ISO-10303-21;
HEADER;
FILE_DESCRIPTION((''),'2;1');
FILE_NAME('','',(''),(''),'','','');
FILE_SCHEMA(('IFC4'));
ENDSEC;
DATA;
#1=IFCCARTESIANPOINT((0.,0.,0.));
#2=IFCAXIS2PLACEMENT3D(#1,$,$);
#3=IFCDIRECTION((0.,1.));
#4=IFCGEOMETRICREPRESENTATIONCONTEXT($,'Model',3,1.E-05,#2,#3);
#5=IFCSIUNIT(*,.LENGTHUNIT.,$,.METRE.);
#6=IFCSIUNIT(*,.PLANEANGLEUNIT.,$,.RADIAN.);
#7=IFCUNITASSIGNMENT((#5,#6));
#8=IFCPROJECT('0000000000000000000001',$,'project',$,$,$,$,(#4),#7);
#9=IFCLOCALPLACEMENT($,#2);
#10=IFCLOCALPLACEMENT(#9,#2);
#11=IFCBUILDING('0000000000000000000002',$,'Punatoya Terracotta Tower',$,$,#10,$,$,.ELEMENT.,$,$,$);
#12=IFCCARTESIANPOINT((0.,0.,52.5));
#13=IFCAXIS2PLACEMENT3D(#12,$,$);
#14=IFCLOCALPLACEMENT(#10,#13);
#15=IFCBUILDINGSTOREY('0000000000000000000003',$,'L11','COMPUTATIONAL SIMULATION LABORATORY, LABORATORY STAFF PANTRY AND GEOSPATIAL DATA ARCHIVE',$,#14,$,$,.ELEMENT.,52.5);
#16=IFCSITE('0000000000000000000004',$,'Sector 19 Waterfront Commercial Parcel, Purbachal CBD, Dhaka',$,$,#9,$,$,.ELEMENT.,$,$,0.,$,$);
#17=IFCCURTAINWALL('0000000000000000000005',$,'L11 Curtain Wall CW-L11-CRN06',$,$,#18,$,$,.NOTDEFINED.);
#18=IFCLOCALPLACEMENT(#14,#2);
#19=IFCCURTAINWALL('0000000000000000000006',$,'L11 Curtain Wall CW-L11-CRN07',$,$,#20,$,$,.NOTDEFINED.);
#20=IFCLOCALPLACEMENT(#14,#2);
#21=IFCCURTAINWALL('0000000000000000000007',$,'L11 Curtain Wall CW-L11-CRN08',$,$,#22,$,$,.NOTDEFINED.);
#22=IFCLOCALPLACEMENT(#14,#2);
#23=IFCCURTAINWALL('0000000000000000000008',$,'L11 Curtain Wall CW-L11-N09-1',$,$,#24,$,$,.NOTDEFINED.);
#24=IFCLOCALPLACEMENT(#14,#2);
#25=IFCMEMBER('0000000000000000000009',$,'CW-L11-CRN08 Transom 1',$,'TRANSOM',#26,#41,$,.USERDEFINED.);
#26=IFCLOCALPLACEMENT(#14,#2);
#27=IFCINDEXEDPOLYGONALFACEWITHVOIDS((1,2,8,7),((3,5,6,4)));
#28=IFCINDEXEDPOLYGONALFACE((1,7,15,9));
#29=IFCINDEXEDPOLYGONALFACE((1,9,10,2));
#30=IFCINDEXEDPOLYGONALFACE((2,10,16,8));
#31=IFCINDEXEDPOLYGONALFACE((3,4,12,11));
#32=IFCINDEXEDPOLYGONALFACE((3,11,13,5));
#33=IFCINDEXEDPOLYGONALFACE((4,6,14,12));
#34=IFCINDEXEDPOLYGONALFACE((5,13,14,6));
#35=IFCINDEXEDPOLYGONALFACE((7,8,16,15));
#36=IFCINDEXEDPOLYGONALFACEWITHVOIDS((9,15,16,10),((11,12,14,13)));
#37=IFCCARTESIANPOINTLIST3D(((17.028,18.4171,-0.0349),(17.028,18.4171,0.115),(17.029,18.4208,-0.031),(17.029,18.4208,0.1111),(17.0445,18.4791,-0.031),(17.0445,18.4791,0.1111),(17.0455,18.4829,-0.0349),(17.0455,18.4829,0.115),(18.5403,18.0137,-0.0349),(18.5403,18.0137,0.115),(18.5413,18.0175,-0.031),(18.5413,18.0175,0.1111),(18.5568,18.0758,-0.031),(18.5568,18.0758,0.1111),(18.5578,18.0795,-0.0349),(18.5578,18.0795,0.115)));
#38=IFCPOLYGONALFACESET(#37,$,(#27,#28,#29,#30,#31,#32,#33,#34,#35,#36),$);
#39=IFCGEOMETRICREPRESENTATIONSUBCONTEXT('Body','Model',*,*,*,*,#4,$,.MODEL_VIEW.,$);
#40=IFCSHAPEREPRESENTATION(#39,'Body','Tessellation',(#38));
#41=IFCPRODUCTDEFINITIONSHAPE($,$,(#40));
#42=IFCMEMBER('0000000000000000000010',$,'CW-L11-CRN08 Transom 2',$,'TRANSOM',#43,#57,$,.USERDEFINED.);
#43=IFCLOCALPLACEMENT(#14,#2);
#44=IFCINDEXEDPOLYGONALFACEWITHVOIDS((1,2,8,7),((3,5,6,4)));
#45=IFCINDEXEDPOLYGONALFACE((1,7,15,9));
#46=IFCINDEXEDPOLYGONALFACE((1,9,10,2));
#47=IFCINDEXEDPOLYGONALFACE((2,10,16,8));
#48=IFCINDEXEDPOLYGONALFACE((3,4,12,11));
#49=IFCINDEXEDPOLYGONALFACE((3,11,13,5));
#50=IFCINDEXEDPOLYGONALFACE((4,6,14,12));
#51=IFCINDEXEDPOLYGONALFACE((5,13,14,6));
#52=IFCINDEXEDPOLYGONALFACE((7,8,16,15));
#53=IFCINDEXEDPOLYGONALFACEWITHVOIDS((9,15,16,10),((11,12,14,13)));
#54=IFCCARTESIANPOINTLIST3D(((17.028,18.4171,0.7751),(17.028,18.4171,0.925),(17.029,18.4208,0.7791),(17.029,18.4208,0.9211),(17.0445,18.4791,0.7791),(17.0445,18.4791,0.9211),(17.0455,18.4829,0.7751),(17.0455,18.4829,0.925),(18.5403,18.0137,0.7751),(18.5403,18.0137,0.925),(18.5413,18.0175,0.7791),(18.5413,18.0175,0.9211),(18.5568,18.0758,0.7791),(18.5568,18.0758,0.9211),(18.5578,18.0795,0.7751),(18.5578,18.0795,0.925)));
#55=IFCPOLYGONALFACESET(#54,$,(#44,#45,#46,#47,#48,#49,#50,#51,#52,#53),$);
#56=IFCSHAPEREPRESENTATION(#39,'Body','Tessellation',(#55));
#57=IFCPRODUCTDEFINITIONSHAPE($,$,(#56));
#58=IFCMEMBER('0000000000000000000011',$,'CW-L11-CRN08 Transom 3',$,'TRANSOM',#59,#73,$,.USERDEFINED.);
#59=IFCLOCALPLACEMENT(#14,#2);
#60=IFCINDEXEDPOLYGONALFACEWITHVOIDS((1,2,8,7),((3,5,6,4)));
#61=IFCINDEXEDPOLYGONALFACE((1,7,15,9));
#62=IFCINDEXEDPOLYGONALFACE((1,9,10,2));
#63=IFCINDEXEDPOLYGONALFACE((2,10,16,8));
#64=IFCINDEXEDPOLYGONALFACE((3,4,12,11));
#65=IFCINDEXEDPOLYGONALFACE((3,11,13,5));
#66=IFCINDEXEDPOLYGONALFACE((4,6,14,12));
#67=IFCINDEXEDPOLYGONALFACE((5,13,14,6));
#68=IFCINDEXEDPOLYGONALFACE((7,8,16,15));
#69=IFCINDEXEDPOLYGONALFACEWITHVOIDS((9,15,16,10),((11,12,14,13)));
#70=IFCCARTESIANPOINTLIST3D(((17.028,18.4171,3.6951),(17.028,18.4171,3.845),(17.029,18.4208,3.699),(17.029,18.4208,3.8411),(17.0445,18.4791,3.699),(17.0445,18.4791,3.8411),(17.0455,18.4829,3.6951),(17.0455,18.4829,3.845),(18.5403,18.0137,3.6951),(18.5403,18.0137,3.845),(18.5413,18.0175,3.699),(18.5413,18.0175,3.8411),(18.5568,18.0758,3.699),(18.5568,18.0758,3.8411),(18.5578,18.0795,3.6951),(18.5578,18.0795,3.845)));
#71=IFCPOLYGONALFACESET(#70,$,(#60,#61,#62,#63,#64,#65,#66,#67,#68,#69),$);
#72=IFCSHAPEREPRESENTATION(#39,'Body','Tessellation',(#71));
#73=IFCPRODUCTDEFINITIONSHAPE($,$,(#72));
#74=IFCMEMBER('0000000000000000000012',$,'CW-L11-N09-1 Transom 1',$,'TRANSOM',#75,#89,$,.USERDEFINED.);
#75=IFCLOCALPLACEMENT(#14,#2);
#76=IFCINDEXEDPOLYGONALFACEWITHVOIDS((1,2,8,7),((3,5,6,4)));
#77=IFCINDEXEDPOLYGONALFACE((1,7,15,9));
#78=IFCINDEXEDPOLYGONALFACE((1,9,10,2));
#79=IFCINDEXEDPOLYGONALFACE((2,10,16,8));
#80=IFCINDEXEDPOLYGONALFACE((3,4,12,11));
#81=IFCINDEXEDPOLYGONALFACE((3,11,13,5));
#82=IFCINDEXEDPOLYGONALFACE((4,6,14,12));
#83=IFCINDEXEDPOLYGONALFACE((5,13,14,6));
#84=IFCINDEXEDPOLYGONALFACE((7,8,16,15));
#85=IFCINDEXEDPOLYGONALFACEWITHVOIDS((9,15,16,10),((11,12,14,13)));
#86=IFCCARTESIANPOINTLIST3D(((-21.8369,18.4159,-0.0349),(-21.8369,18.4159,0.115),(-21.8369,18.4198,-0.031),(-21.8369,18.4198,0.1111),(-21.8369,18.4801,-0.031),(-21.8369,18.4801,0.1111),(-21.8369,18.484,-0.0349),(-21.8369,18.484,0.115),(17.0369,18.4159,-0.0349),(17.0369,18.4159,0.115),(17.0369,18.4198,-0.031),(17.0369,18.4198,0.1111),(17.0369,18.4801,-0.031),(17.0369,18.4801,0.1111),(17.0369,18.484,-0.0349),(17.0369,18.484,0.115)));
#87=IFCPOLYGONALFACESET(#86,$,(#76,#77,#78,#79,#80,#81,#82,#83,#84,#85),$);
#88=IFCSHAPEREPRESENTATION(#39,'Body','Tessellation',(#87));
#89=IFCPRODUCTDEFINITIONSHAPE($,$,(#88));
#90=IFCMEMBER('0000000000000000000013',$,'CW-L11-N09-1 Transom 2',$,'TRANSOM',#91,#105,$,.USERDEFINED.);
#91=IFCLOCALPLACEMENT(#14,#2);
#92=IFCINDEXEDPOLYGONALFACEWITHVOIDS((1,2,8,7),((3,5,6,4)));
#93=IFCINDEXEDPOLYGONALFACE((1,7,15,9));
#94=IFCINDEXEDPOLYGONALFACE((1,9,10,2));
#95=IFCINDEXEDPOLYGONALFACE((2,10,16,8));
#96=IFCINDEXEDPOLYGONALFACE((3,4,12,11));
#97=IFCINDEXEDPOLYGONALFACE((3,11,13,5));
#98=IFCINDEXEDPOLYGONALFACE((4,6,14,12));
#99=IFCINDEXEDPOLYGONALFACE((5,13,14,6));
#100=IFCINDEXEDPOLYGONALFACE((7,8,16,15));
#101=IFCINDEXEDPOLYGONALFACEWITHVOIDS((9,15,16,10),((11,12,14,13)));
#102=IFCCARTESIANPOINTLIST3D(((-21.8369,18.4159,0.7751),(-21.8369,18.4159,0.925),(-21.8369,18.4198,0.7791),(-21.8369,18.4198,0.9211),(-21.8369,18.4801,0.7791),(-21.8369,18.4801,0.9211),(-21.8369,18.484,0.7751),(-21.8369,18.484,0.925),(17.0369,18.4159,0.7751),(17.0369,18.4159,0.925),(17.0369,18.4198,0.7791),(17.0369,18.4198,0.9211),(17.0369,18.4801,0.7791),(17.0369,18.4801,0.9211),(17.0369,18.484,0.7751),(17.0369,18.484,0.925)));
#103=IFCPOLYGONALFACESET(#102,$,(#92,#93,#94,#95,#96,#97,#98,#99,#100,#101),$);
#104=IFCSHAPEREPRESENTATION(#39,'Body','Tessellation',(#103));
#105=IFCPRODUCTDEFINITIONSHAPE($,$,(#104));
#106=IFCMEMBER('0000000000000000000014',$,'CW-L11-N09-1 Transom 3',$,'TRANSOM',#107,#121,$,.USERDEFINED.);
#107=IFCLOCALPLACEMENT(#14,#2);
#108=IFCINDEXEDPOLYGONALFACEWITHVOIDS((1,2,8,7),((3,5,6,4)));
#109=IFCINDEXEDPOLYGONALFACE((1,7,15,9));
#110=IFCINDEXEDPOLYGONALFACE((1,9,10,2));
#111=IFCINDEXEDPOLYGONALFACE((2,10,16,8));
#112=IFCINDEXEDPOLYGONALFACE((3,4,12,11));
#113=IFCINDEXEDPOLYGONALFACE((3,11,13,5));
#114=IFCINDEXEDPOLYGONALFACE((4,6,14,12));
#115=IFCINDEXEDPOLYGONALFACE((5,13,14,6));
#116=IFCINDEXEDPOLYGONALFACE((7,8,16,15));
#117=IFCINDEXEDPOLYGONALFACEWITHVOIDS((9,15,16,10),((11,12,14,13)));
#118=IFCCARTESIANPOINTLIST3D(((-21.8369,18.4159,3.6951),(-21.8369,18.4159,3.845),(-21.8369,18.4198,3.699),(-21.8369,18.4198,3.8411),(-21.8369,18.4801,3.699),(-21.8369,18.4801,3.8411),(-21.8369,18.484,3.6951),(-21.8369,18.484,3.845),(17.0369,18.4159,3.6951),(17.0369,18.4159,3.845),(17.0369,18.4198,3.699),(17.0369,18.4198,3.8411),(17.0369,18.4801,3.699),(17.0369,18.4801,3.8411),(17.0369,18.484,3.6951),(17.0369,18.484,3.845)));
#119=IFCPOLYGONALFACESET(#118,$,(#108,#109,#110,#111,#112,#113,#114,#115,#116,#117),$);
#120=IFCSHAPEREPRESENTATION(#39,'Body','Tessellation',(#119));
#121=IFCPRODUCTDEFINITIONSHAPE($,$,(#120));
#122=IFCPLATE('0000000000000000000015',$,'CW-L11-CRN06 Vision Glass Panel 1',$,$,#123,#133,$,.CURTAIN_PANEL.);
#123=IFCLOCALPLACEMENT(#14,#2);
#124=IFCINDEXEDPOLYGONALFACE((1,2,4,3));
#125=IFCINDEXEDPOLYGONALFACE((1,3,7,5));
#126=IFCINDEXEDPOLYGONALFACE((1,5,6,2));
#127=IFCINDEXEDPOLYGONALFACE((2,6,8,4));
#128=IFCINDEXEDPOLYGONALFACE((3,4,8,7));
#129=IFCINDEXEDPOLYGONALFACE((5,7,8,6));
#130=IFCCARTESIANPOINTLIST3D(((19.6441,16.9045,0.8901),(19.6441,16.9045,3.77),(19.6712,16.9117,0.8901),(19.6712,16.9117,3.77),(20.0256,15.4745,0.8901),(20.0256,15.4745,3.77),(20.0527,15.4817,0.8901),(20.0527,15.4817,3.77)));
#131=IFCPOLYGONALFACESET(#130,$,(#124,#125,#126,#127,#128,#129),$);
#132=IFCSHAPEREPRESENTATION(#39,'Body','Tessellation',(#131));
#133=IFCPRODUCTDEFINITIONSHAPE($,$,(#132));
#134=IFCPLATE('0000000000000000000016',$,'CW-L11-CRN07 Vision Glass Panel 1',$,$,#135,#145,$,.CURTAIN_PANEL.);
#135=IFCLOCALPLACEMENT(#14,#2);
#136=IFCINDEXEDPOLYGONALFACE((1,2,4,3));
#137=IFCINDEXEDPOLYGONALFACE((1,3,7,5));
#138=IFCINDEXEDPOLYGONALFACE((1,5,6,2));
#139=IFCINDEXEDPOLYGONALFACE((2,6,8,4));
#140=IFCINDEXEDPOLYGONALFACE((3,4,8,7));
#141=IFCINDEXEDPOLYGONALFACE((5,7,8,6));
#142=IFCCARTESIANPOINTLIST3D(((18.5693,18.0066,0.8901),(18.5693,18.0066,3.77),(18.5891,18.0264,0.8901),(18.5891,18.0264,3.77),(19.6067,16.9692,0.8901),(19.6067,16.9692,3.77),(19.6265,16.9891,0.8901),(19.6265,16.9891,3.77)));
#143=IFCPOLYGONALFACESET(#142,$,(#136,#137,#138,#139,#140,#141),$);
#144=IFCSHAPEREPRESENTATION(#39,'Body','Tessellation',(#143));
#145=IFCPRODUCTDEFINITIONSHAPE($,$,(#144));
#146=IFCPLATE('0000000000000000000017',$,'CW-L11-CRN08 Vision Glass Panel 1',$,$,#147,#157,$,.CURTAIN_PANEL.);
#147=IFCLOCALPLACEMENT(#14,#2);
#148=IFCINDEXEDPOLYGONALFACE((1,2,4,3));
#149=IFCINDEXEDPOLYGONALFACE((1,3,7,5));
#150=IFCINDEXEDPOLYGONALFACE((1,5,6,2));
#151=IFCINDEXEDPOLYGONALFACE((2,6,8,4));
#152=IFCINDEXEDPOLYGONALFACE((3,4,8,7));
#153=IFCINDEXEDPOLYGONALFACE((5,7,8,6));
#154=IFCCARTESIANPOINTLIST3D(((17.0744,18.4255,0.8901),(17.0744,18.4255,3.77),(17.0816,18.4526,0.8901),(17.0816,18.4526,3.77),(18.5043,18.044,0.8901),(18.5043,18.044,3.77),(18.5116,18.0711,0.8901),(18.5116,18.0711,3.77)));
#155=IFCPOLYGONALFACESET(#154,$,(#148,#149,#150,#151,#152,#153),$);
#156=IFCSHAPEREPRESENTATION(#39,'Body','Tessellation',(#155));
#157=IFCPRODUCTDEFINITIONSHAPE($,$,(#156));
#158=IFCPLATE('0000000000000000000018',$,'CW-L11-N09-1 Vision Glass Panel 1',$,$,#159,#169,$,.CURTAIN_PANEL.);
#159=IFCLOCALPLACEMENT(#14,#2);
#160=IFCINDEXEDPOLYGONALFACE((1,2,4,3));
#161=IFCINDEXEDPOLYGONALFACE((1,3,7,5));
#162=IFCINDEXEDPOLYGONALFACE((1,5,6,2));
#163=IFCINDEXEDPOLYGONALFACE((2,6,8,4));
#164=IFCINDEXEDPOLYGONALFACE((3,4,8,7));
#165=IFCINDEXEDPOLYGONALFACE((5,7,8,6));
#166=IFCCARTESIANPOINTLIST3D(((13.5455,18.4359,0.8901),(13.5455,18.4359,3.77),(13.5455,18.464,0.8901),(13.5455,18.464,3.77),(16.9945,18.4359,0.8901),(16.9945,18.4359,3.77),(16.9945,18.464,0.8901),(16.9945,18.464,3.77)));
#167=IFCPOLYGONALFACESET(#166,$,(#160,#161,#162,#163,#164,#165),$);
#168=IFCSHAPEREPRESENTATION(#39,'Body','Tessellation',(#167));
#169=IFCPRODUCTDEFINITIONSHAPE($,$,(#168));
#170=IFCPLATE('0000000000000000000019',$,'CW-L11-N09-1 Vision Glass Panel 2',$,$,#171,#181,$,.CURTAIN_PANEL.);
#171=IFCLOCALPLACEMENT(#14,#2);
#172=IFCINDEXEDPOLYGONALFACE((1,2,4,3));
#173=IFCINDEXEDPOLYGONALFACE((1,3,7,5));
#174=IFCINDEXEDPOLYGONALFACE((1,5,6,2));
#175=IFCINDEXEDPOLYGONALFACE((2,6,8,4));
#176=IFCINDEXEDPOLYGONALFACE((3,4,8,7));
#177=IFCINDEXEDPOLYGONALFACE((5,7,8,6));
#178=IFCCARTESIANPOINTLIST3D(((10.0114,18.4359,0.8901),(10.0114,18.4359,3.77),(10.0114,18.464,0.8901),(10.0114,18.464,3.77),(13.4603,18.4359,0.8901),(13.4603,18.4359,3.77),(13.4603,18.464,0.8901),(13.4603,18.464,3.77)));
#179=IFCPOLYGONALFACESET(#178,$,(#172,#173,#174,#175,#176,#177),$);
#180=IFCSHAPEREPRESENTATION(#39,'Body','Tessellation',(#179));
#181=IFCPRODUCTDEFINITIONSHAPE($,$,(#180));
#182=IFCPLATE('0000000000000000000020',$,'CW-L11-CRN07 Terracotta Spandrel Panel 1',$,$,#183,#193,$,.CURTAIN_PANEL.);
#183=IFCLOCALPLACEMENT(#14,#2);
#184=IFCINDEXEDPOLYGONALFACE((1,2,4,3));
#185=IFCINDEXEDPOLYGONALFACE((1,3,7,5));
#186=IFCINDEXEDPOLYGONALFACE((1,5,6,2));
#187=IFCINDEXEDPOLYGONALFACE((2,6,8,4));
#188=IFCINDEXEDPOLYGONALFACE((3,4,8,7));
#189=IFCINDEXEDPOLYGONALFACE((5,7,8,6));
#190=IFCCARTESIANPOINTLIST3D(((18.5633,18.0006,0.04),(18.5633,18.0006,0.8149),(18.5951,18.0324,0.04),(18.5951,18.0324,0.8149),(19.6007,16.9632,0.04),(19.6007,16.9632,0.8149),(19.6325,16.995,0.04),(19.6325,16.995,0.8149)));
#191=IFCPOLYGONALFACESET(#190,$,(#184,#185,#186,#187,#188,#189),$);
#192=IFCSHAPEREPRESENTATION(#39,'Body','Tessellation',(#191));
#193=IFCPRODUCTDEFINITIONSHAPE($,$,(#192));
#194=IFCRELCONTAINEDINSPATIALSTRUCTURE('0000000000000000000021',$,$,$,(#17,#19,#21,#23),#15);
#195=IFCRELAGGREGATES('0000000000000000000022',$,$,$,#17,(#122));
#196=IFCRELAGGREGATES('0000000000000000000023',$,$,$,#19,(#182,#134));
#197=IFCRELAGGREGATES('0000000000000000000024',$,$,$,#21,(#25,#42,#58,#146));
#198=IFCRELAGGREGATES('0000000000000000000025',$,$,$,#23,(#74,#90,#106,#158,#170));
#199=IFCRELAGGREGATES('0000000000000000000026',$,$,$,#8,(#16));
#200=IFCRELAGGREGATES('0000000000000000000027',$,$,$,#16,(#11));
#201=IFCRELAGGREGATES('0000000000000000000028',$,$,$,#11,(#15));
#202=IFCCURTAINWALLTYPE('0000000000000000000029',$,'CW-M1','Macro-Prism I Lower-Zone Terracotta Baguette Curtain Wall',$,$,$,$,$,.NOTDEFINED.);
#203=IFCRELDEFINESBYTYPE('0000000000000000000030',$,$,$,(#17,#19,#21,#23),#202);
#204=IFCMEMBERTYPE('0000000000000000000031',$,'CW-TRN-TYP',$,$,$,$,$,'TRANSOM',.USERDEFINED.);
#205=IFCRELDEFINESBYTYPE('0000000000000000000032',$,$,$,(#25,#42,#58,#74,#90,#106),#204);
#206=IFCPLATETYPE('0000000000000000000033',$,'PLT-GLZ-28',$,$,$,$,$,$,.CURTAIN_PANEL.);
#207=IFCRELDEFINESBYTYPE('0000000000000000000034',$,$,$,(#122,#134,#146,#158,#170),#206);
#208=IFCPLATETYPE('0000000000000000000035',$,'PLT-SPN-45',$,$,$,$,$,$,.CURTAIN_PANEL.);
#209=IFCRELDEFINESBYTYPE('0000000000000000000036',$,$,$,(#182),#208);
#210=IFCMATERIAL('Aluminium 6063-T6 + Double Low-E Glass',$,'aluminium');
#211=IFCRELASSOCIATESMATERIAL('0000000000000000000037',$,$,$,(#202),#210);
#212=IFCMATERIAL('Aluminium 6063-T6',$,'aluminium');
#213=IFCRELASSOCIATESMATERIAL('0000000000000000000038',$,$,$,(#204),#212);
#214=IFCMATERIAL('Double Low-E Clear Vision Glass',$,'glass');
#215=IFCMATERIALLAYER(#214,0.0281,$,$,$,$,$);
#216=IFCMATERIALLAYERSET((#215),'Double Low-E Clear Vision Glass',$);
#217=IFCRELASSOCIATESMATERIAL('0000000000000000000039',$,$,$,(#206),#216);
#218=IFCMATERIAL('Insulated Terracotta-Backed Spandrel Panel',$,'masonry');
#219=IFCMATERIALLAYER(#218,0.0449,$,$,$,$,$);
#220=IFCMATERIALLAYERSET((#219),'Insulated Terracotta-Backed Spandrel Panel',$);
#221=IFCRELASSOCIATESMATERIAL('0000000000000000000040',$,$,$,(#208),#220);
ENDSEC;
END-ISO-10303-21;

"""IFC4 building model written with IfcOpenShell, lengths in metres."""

from ifc_helpers import new_model, si_unit, direction, frame, origin, origin_2d, place, context, subcontext, project, spatial, rectangle, hollow_rectangle, extrude, material, layer, layer_set, material_profile, profile_set, type_object, element, aggregate, save


model = new_model("IFC4")

# Units and contexts
model_context = context("Model", 3, precision=1e-05, world=origin(), true_north=direction((0.0, 1.0)))
body_context = subcontext(model_context, "Body", "Model", "MODEL_VIEW")
ifc_project = project(units=[si_unit("LENGTHUNIT", "METRE"), si_unit("PLANEANGLEUNIT", "RADIAN")], contexts=[model_context])

# Site, building, storey
site_placement = place(None, origin())
site = spatial("IfcSite", under=ifc_project, at=site_placement, Name="Sector 19 Waterfront Commercial Parcel, Purbachal CBD, Dhaka", CompositionType="ELEMENT", RefElevation=0.0)
building_placement = place(site_placement, origin())
building = spatial("IfcBuilding", under=site, at=building_placement, Name="Punatoya Terracotta Tower", CompositionType="ELEMENT")
storey_placement = place(building_placement, frame((0.0, 0.0, 52.5)))
storey = spatial("IfcBuildingStorey", under=building, at=storey_placement, Name="L11", Description="COMPUTATIONAL SIMULATION LABORATORY, LABORATORY STAFF PANTRY AND GEOSPATIAL DATA ARCHIVE", CompositionType="ELEMENT", Elevation=52.5)

# Curtain wall
ifc_material_1 = material(Name="Aluminium 6063-T6 + Double Low-E Glass", Category="aluminium")
curtain_wall_type = type_object("IfcCurtainWallType", Name="CW-M1", Description="Macro-Prism I Lower-Zone Terracotta Baguette Curtain Wall", PredefinedType="NOTDEFINED", material=ifc_material_1)
curtain_wall_1_placement = place(storey_placement, origin())
curtain_wall_1 = element("IfcCurtainWall", 1, at=curtain_wall_1_placement, inside=storey, type_object=curtain_wall_type, Name="L11 Curtain Wall CW-L11-CRN06", PredefinedType="NOTDEFINED")
ifc_material_2 = material(Name="Aluminium 6063-T6", Category="aluminium")

# Curtain walls
curtain_wall_2_placement = place(storey_placement, origin())
curtain_wall_2 = element("IfcCurtainWall", 2, at=curtain_wall_2_placement, inside=storey, type_object=curtain_wall_type, Name="L11 Curtain Wall CW-L11-CRN07", PredefinedType="NOTDEFINED")
curtain_wall_3_placement = place(storey_placement, origin())
curtain_wall_3 = element("IfcCurtainWall", 3, at=curtain_wall_3_placement, inside=storey, type_object=curtain_wall_type, Name="L11 Curtain Wall CW-L11-CRN08", PredefinedType="NOTDEFINED")
curtain_wall_4_placement = place(storey_placement, origin())
curtain_wall_4 = element("IfcCurtainWall", 4, at=curtain_wall_4_placement, inside=storey, type_object=curtain_wall_type, Name="L11 Curtain Wall CW-L11-N09-1", PredefinedType="NOTDEFINED")

# Members
ifc_material_profile_1 = material_profile(ifc_material_2, hollow_rectangle(XDim=0.0681, YDim=0.1499, WallThickness=0.0039, at=origin_2d()))
ifc_profile_set_1 = profile_set([ifc_material_profile_1], Name="Aluminium 6063-T6")
member_type_1 = type_object("IfcMemberType", Name="CW-TRN-TYP", ElementType="TRANSOM", PredefinedType="USERDEFINED", material=ifc_profile_set_1)
member_1_placement = place(storey_placement, frame((18.5491, 18.0466, 0.04), z_axis=(-0.966225, 0.257701, 0.0), x_axis=(-0.257701, -0.966225, 0.0)))
member_1 = element("IfcMember", 5, at=member_1_placement, type_object=member_type_1, Name="CW-L11-CRN08 Transom 1", ObjectType="TRANSOM", PredefinedType="USERDEFINED", context=body_context, shape_type="SweptSolid", body=[
    extrude(hollow_rectangle(XDim=0.0681, YDim=0.1499, WallThickness=0.0039, at=origin_2d()), origin(), (0.0, 0.0, 1.0), 1.5652),
])
member_2_placement = place(storey_placement, frame((18.5491, 18.0466, 0.8501), z_axis=(-0.966225, 0.257701, 0.0), x_axis=(-0.257701, -0.966225, 0.0)))
member_2 = element("IfcMember", 6, at=member_2_placement, type_object=member_type_1, Name="CW-L11-CRN08 Transom 2", ObjectType="TRANSOM", PredefinedType="USERDEFINED", context=body_context, shape_type="SweptSolid", body=[
    extrude(hollow_rectangle(XDim=0.0681, YDim=0.1499, WallThickness=0.0039, at=origin_2d()), origin(), (0.0, 0.0, 1.0), 1.5652),
])
member_3_placement = place(storey_placement, frame((18.5491, 18.0466, 3.77), z_axis=(-0.966225, 0.257701, 0.0), x_axis=(-0.257701, -0.966225, 0.0)))
member_3 = element("IfcMember", 7, at=member_3_placement, type_object=member_type_1, Name="CW-L11-CRN08 Transom 3", ObjectType="TRANSOM", PredefinedType="USERDEFINED", context=body_context, shape_type="SweptSolid", body=[
    extrude(hollow_rectangle(XDim=0.0681, YDim=0.1499, WallThickness=0.0039, at=origin_2d()), origin(), (0.0, 0.0, 1.0), 1.5652),
])
member_4_placement = place(storey_placement, frame((17.0369, 18.45, 0.04), z_axis=(-1.0, 0.0, 0.0), x_axis=(0.0, -1.0, 0.0)))
member_4 = element("IfcMember", 8, at=member_4_placement, type_object=member_type_1, Name="CW-L11-N09-1 Transom 1", ObjectType="TRANSOM", PredefinedType="USERDEFINED", context=body_context, shape_type="SweptSolid", body=[
    extrude(hollow_rectangle(XDim=0.0681, YDim=0.1499, WallThickness=0.0039, at=origin_2d()), origin(), (0.0, 0.0, 1.0), 38.8738),
])
member_5_placement = place(storey_placement, frame((17.0369, 18.45, 0.8501), z_axis=(-1.0, 0.0, 0.0), x_axis=(0.0, -1.0, 0.0)))
member_5 = element("IfcMember", 9, at=member_5_placement, type_object=member_type_1, Name="CW-L11-N09-1 Transom 2", ObjectType="TRANSOM", PredefinedType="USERDEFINED", context=body_context, shape_type="SweptSolid", body=[
    extrude(hollow_rectangle(XDim=0.0681, YDim=0.1499, WallThickness=0.0039, at=origin_2d()), origin(), (0.0, 0.0, 1.0), 38.8738),
])
member_6_placement = place(storey_placement, frame((17.0369, 18.45, 3.77), z_axis=(-1.0, 0.0, 0.0), x_axis=(0.0, -1.0, 0.0)))
member_6 = element("IfcMember", 10, at=member_6_placement, type_object=member_type_1, Name="CW-L11-N09-1 Transom 3", ObjectType="TRANSOM", PredefinedType="USERDEFINED", context=body_context, shape_type="SweptSolid", body=[
    extrude(hollow_rectangle(XDim=0.0681, YDim=0.1499, WallThickness=0.0039, at=origin_2d()), origin(), (0.0, 0.0, 1.0), 38.8738),
])

# Plates
ifc_material_3 = material(Name="Double Low-E Clear Vision Glass", Category="glass")
ifc_layer_1 = layer(ifc_material_3, 0.0281)
ifc_layer_set_1 = layer_set([ifc_layer_1], Name="Double Low-E Clear Vision Glass")
plate_type_1 = type_object("IfcPlateType", Name="PLT-GLZ-28", PredefinedType="CURTAIN_PANEL", material=ifc_layer_set_1)
plate_1_placement = place(storey_placement, frame((19.8484, 16.1931, 0.8901), z_axis=(0.0, 0.0, 1.0), x_axis=(-0.257742, 0.966214, 0.0)))
plate_1 = element("IfcPlate", 11, at=plate_1_placement, type_object=plate_type_1, Name="CW-L11-CRN06 Vision Glass Panel 1", PredefinedType="CURTAIN_PANEL", context=body_context, shape_type="SweptSolid", body=[
    extrude(rectangle(XDim=1.48, YDim=0.0281, at=origin_2d()), origin(), (0.0, 0.0, 1.0), 2.8799),
])
aggregate(curtain_wall_1, [plate_1])
plate_2_placement = place(storey_placement, frame((19.0979, 17.4978, 0.8901), z_axis=(0.0, 0.0, 1.0), x_axis=(-0.707107, 0.707107, 0.0)))
plate_2 = element("IfcPlate", 12, at=plate_2_placement, type_object=plate_type_1, Name="CW-L11-CRN07 Vision Glass Panel 1", PredefinedType="CURTAIN_PANEL", context=body_context, shape_type="SweptSolid", body=[
    extrude(rectangle(XDim=1.467, YDim=0.0281, at=origin_2d()), origin(), (0.0, 0.0, 1.0), 2.8799),
])
plate_3_placement = place(storey_placement, frame((17.793, 18.2483, 0.8901), z_axis=(0.0, 0.0, 1.0), x_axis=(-0.966214, 0.257742, 0.0)))
plate_3 = element("IfcPlate", 13, at=plate_3_placement, type_object=plate_type_1, Name="CW-L11-CRN08 Vision Glass Panel 1", PredefinedType="CURTAIN_PANEL", context=body_context, shape_type="SweptSolid", body=[
    extrude(rectangle(XDim=1.48, YDim=0.0281, at=origin_2d()), origin(), (0.0, 0.0, 1.0), 2.8799),
])
plate_4_placement = place(storey_placement, frame((15.27, 18.45, 0.8901), z_axis=(0.0, 0.0, 1.0), x_axis=(-1.0, 0.0, 0.0)))
plate_4 = element("IfcPlate", 14, at=plate_4_placement, type_object=plate_type_1, Name="CW-L11-N09-1 Vision Glass Panel 1", PredefinedType="CURTAIN_PANEL", context=body_context, shape_type="SweptSolid", body=[
    extrude(rectangle(XDim=3.449, YDim=0.0281, at=origin_2d()), origin(), (0.0, 0.0, 1.0), 2.8799),
])
plate_5_placement = place(storey_placement, frame((11.7358, 18.45, 0.8901), z_axis=(0.0, 0.0, 1.0), x_axis=(-1.0, 0.0, 0.0)))
plate_5 = element("IfcPlate", 15, at=plate_5_placement, type_object=plate_type_1, Name="CW-L11-N09-1 Vision Glass Panel 2", PredefinedType="CURTAIN_PANEL", context=body_context, shape_type="SweptSolid", body=[
    extrude(rectangle(XDim=3.449, YDim=0.0281, at=origin_2d()), origin(), (0.0, 0.0, 1.0), 2.8799),
])
ifc_material_4 = material(Name="Insulated Terracotta-Backed Spandrel Panel", Category="masonry")
ifc_layer_2 = layer(ifc_material_4, 0.0449)
ifc_layer_set_2 = layer_set([ifc_layer_2], Name="Insulated Terracotta-Backed Spandrel Panel")
plate_type_2 = type_object("IfcPlateType", Name="PLT-SPN-45", PredefinedType="CURTAIN_PANEL", material=ifc_layer_set_2)
plate_6_placement = place(storey_placement, frame((19.0979, 17.4978, 0.04), z_axis=(0.0, 0.0, 1.0), x_axis=(-0.707107, 0.707107, 0.0)))
plate_6 = element("IfcPlate", 16, at=plate_6_placement, type_object=plate_type_2, Name="CW-L11-CRN07 Terracotta Spandrel Panel 1", PredefinedType="CURTAIN_PANEL", context=body_context, shape_type="SweptSolid", body=[
    extrude(rectangle(XDim=1.467, YDim=0.0449, at=origin_2d()), origin(), (0.0, 0.0, 1.0), 0.7749),
])
aggregate(curtain_wall_2, [plate_6, plate_2])
aggregate(curtain_wall_3, [member_1, member_2, member_3, plate_3])
aggregate(curtain_wall_4, [member_4, member_5, member_6, plate_4, plate_5])

save(model, "model.ifc")
